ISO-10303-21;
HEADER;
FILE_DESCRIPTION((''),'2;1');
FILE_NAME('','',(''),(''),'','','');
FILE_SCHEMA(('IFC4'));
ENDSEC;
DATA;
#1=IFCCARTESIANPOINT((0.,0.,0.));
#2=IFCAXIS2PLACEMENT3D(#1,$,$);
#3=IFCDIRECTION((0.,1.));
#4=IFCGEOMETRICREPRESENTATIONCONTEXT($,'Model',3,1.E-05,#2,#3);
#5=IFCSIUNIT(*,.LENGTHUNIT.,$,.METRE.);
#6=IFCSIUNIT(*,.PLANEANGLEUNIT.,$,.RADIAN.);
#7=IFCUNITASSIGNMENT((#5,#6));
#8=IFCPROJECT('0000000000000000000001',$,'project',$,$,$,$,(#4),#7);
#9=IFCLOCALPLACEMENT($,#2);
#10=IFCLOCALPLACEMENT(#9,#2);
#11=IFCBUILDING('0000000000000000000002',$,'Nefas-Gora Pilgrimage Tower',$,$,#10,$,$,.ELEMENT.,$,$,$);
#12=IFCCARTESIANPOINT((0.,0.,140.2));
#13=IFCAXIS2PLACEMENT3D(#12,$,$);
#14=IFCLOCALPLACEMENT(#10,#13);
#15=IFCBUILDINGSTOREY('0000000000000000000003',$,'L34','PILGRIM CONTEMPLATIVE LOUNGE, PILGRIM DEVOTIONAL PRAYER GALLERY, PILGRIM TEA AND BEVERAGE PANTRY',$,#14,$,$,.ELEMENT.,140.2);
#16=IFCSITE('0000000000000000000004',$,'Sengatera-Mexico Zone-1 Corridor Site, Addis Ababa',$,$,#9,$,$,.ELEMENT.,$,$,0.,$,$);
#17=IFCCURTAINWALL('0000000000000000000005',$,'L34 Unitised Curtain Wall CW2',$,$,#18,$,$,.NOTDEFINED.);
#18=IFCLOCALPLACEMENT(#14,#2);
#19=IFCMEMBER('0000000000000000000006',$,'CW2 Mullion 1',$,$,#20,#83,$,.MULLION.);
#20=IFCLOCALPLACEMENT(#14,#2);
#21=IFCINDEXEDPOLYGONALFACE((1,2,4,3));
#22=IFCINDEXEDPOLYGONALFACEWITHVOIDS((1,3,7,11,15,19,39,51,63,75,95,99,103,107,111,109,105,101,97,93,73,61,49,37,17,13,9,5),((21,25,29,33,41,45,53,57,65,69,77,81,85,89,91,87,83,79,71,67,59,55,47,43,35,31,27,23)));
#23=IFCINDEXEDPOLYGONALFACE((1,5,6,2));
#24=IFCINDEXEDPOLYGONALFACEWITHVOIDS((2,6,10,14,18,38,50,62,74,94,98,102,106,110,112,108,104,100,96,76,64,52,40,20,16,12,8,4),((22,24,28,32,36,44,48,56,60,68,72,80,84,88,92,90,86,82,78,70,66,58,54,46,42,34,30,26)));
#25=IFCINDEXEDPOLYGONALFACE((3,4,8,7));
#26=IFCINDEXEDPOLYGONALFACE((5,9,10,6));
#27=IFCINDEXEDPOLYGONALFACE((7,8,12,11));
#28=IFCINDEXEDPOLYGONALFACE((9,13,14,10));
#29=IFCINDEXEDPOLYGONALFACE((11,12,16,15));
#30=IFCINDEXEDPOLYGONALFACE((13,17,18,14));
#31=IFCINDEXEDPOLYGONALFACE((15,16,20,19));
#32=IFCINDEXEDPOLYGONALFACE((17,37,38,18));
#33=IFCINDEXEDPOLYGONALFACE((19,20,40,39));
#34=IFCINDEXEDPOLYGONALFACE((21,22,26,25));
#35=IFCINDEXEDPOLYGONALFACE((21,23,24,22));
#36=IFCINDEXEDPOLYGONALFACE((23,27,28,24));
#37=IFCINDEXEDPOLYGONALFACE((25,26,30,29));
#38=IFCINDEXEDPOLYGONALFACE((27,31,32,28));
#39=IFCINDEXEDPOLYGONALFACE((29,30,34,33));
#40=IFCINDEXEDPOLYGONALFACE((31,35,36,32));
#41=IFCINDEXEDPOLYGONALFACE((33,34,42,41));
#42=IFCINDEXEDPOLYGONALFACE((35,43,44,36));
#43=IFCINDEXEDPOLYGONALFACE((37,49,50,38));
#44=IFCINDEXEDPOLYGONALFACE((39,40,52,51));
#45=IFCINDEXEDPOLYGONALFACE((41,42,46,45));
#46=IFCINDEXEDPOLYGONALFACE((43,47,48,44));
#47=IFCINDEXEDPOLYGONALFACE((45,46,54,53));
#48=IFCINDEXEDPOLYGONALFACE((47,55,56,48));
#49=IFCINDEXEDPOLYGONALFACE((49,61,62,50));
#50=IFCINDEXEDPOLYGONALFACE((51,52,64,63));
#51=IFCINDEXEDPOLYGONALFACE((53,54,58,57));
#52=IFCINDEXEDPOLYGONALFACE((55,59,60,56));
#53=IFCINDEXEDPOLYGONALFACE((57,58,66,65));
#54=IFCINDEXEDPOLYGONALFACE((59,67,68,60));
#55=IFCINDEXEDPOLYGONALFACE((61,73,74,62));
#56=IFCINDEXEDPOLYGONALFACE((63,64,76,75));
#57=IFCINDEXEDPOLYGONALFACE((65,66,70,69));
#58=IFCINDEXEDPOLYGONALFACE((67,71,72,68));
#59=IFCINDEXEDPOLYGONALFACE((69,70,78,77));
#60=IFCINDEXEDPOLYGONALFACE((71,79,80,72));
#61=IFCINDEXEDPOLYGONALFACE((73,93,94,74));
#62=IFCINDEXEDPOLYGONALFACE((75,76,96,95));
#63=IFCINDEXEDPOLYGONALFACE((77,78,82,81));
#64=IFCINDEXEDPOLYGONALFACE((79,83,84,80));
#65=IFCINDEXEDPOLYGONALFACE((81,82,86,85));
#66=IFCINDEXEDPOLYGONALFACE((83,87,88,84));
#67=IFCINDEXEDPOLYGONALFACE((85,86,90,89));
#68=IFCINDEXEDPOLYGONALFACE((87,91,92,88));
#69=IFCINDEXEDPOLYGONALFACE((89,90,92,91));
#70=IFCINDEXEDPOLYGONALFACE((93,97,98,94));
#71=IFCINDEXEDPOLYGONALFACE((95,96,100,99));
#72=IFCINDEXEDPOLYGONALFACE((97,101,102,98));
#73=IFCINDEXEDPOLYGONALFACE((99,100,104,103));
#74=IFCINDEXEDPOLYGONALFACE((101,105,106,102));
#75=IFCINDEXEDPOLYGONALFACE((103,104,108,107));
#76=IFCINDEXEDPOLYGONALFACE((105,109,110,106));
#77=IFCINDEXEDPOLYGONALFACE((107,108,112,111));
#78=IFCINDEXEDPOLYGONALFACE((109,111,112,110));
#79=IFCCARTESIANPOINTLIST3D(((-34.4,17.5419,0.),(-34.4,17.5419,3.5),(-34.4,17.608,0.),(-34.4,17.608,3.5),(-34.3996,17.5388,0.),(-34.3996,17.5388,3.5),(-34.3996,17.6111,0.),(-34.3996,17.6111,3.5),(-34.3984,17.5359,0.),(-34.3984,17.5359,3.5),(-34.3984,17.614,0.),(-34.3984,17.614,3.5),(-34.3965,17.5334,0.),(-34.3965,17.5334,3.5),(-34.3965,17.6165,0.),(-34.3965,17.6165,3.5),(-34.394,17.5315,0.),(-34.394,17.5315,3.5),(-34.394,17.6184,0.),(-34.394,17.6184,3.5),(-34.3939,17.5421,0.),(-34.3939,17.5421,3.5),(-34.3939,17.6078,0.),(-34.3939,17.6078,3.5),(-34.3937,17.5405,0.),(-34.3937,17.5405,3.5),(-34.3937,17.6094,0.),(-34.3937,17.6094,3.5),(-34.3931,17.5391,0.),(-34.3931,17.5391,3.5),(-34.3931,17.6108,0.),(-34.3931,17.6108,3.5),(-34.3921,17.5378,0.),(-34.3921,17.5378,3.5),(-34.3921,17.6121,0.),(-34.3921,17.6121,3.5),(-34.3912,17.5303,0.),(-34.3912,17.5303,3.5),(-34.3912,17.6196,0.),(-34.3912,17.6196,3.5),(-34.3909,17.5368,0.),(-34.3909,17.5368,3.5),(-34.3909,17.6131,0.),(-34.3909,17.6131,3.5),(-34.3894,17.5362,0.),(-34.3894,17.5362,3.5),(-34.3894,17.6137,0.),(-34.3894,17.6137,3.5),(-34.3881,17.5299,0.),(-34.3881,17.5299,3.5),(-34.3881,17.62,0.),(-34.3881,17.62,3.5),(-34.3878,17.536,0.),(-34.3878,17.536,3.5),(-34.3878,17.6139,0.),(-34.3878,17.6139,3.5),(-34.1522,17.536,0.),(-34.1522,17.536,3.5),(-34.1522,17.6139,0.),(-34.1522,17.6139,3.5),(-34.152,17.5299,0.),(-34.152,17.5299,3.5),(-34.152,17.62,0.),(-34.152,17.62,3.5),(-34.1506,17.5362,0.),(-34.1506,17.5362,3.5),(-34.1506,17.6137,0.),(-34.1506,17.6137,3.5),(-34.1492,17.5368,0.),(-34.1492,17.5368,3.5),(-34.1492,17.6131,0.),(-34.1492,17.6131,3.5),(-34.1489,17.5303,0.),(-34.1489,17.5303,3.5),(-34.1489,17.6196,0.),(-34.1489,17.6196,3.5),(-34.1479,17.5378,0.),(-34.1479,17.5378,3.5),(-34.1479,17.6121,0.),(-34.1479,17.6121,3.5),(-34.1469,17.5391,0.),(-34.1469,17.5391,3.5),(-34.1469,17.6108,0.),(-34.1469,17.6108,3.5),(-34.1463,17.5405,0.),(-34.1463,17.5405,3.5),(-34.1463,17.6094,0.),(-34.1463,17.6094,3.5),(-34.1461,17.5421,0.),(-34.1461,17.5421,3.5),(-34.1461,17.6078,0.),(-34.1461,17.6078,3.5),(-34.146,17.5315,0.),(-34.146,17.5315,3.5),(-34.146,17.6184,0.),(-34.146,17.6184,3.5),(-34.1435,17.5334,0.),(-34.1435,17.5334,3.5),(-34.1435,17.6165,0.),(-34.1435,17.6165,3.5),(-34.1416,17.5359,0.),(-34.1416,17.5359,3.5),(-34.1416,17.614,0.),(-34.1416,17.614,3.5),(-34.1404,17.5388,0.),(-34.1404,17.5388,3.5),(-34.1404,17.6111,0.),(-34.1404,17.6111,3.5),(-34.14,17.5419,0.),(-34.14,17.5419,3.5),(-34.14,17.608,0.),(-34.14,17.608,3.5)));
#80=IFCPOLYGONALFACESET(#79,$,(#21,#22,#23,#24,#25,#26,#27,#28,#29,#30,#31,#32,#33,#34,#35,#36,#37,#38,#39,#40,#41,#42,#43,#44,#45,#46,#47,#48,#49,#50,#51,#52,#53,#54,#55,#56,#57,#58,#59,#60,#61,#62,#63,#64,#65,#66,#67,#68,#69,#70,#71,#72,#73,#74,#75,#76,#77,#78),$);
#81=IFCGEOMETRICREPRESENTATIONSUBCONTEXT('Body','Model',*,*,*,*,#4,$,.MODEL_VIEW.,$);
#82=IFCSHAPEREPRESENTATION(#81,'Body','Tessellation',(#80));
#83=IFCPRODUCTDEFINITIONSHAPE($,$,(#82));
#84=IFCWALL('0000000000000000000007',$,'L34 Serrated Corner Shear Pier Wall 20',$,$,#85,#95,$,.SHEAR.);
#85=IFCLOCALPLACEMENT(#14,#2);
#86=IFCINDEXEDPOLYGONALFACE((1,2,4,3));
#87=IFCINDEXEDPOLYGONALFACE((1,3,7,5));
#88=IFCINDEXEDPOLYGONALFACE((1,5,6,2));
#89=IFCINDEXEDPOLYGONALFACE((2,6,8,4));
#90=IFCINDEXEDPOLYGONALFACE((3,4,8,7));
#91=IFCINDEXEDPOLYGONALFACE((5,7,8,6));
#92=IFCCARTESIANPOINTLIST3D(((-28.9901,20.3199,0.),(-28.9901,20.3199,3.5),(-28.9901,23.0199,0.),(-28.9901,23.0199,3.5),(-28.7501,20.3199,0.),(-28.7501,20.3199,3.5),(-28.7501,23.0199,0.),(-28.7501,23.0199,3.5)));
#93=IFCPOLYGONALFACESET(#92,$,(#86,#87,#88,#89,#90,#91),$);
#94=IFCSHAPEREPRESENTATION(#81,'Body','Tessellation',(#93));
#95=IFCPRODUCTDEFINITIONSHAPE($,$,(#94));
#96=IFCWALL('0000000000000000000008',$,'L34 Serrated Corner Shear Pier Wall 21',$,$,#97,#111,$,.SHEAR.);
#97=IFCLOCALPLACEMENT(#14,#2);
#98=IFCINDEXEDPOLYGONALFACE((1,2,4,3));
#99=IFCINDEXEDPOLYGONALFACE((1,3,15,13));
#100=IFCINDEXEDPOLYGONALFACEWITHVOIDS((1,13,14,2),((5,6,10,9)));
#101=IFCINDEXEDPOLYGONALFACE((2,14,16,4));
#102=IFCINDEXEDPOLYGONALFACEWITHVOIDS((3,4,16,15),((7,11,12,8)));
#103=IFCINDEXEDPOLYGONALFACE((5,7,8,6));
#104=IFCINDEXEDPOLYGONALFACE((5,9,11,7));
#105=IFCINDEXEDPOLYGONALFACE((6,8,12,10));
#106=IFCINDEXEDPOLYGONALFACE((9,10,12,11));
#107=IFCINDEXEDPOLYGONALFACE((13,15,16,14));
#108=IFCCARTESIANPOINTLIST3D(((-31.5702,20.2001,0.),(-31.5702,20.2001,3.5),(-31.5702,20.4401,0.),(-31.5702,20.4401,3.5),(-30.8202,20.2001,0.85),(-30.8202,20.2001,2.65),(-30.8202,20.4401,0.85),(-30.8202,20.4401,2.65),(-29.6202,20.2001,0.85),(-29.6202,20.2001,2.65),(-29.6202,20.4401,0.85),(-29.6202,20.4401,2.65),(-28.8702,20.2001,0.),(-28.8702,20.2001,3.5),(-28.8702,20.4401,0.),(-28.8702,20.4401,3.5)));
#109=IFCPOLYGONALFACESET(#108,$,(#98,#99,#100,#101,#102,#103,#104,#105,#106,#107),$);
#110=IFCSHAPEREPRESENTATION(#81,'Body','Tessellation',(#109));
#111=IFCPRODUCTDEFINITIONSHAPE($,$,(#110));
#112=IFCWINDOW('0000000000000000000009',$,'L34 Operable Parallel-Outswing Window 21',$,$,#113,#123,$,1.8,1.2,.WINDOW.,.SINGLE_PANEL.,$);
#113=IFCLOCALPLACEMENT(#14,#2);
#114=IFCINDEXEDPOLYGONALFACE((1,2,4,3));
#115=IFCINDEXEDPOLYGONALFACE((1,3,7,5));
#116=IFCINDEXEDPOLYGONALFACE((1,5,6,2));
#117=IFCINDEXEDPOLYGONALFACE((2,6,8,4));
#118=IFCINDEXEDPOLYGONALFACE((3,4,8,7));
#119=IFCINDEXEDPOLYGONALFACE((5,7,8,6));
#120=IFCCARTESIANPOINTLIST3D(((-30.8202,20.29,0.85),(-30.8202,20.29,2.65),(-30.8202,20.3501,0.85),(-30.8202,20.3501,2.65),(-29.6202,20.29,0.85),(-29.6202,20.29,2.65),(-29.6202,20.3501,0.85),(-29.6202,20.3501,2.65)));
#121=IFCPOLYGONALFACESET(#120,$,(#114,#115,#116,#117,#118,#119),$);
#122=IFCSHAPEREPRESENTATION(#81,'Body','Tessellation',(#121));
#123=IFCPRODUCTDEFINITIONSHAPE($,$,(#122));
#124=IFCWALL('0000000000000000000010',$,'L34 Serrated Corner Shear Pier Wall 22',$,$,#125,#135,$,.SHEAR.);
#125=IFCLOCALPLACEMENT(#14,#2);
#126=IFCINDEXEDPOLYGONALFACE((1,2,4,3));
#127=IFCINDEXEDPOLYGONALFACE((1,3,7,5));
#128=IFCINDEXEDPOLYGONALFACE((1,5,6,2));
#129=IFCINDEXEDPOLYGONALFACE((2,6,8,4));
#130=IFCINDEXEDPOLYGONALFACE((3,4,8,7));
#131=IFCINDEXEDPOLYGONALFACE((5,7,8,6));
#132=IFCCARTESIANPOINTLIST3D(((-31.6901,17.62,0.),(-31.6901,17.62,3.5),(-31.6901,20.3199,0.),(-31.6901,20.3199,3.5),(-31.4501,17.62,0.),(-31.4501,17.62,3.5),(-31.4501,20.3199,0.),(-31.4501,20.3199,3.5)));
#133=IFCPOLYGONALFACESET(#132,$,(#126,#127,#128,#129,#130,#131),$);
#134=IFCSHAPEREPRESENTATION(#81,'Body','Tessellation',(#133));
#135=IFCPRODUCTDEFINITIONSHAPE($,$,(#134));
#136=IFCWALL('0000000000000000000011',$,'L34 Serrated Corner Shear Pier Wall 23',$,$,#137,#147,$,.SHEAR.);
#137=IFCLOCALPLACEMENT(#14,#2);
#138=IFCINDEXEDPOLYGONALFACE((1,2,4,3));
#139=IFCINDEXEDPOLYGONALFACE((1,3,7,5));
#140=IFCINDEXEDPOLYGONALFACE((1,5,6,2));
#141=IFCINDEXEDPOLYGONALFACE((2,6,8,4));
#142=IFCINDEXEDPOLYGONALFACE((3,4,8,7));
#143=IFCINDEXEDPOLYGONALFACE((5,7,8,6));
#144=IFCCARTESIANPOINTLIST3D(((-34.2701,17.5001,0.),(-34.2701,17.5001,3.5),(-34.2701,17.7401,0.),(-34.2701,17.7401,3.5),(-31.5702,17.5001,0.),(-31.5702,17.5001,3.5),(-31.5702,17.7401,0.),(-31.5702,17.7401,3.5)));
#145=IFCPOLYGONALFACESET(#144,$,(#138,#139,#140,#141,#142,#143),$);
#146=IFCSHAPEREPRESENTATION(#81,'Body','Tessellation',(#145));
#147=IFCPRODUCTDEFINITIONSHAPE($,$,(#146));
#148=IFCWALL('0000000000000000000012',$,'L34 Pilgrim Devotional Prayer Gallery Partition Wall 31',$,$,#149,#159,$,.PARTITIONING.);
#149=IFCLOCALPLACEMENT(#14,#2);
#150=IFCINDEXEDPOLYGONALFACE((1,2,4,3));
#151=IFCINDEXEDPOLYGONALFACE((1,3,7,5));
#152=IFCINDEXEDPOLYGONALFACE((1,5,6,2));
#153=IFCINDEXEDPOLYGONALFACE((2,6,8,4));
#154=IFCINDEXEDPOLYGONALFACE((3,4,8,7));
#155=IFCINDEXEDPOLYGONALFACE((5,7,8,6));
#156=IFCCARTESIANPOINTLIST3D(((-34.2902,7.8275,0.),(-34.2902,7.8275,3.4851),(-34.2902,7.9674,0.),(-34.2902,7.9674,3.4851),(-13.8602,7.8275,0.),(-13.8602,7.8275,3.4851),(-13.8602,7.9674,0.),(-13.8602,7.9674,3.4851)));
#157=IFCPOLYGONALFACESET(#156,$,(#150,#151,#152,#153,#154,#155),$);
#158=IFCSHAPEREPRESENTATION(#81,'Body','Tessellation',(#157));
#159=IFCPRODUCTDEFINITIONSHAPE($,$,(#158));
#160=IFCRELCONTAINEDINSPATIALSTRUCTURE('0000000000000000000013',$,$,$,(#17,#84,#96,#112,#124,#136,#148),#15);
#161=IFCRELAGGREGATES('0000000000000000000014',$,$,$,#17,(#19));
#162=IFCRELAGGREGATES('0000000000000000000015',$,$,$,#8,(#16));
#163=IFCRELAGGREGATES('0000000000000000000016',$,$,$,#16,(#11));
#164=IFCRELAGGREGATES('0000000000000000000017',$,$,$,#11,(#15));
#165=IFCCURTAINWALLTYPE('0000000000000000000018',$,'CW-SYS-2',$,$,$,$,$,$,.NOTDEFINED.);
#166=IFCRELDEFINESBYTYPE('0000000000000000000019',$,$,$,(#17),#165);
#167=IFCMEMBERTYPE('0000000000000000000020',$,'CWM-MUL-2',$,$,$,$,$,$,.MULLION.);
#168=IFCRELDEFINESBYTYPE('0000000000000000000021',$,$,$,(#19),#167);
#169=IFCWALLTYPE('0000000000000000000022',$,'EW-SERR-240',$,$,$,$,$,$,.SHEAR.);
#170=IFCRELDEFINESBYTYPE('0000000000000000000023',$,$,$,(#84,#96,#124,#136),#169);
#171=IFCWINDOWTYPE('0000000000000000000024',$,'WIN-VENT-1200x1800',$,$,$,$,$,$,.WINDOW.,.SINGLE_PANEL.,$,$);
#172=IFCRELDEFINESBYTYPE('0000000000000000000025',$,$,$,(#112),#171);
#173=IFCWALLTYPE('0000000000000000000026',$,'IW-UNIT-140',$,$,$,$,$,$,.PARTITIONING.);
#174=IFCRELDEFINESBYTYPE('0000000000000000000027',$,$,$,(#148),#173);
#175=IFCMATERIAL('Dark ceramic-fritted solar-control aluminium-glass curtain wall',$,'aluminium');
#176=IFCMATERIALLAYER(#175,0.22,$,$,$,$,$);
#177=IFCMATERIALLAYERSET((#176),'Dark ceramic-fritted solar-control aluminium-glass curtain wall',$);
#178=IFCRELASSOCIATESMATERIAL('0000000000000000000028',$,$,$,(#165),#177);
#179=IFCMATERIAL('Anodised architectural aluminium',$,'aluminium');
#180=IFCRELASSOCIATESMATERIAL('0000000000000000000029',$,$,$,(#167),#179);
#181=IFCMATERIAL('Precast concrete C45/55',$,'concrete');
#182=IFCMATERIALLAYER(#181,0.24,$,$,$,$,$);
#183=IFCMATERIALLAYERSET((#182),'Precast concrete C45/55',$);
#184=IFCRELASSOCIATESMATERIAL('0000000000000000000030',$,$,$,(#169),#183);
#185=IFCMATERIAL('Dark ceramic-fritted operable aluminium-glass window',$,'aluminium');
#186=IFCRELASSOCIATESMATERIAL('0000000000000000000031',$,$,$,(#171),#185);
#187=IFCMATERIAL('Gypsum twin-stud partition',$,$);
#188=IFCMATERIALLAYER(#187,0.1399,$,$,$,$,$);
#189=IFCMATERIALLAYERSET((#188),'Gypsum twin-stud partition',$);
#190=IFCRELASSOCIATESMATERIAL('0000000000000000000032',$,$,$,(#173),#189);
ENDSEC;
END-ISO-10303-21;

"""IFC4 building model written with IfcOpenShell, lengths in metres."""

from ifc_helpers import new_model, si_unit, direction, frame, frame_2d, origin, origin_2d, place, context, subcontext, project, spatial, rectangle, hollow_rectangle, extrude, source, transform, mapped, material, layer, layer_set, material_profile, profile_set, type_object, element, fill, aggregate, save


model = new_model("IFC4")

# Units and contexts
model_context = context("Model", 3, precision=1e-05, world=origin(), true_north=direction((0.0, 1.0)))
body_context = subcontext(model_context, "Body", "Model", "MODEL_VIEW")
ifc_project = project(units=[si_unit("LENGTHUNIT", "METRE"), si_unit("PLANEANGLEUNIT", "RADIAN")], contexts=[model_context])

# Site, building, storey
site_placement = place(None, origin())
site = spatial("IfcSite", under=ifc_project, at=site_placement, Name="Sengatera-Mexico Zone-1 Corridor Site, Addis Ababa", CompositionType="ELEMENT", RefElevation=0.0)
building_placement = place(site_placement, origin())
building = spatial("IfcBuilding", under=site, at=building_placement, Name="Nefas-Gora Pilgrimage Tower", CompositionType="ELEMENT")
storey_placement = place(building_placement, frame((0.0, 0.0, 140.2)))
storey = spatial("IfcBuildingStorey", under=building, at=storey_placement, Name="L34", Description="PILGRIM CONTEMPLATIVE LOUNGE, PILGRIM DEVOTIONAL PRAYER GALLERY, PILGRIM TEA AND BEVERAGE PANTRY", CompositionType="ELEMENT", Elevation=140.2)

# Curtain wall
ifc_material_1 = material(Name="Dark ceramic-fritted solar-control aluminium-glass curtain wall", Category="aluminium")
ifc_layer_1 = layer(ifc_material_1, 0.22)
ifc_layer_set_1 = layer_set([ifc_layer_1], Name="Dark ceramic-fritted solar-control aluminium-glass curtain wall")
curtain_wall_type = type_object("IfcCurtainWallType", Name="CW-SYS-2", PredefinedType="NOTDEFINED", material=ifc_layer_set_1)
curtain_wall_1_placement = place(storey_placement, origin())
curtain_wall_1 = element("IfcCurtainWall", 1, at=curtain_wall_1_placement, inside=storey, type_object=curtain_wall_type, Name="L34 Unitised Curtain Wall CW2", PredefinedType="NOTDEFINED")
ifc_material_2 = material(Name="Anodised architectural aluminium", Category="aluminium")
ifc_material_profile_1 = material_profile(ifc_material_2, hollow_rectangle(XDim=0.0901, YDim=0.26, WallThickness=0.0061, InnerFilletRadius=0.0061, OuterFilletRadius=0.012, at=origin_2d()), Name="ALU MULLION 90x260")
ifc_profile_set_1 = profile_set([ifc_material_profile_1], Name="Anodised architectural aluminium")
member_type_1 = type_object("IfcMemberType", Name="CWM-MUL-2", PredefinedType="MULLION", material=ifc_profile_set_1)
shared_shape_1 = source(origin(), body_context, "Body", "SweptSolid", [
    extrude(hollow_rectangle(XDim=0.0901, YDim=0.26, WallThickness=0.0061, InnerFilletRadius=0.0061, OuterFilletRadius=0.012, at=origin_2d()), origin(), (0.0, 0.0, 1.0), 3.5),
])

# Member
member_1_placement = place(storey_placement, frame((-34.27, 17.575, 0.0), z_axis=(0.0, 0.0, 1.0), x_axis=(0.0, -1.0, 0.0)))
member_1 = element("IfcMember", 2, at=member_1_placement, type_object=member_type_1, Name="CW2 Mullion 1", PredefinedType="MULLION", context=body_context, shape_type="MappedRepresentation", body=[
    mapped(shared_shape_1, transform((0.0, 0.0, 0.0), x_axis=(1.0, 0.0, 0.0), y_axis=(0.0, 1.0, 0.0), z_axis=(0.0, 0.0, 1.0), scale=1.0)),
])
aggregate(curtain_wall_1, [member_1])

# Wall
ifc_material_3 = material(Name="Precast concrete C45/55", Category="concrete")
ifc_layer_2 = layer(ifc_material_3, 0.24)
ifc_layer_set_2 = layer_set([ifc_layer_2], Name="Precast concrete C45/55")
wall_type_1 = type_object("IfcWallType", Name="EW-SERR-240", PredefinedType="SHEAR", material=ifc_layer_set_2)
shared_shape_2 = source(origin(), body_context, "Body", "SweptSolid", [
    extrude(rectangle(XDim=2.7, YDim=0.24, at=frame_2d((1.3501, 0.0))), origin(), (0.0, 0.0, 1.0), 3.5),
])
wall_1_placement = place(storey_placement, frame((-28.8701, 23.02, 0.0), z_axis=(0.0, 0.0, 1.0), x_axis=(0.0, -1.0, 0.0)))
element("IfcWall", 3, at=wall_1_placement, inside=storey, type_object=wall_type_1, Name="L34 Serrated Corner Shear Pier Wall 20", PredefinedType="SHEAR", context=body_context, shape_type="MappedRepresentation", body=[
    mapped(shared_shape_2, transform((0.0, 0.0, 0.0), x_axis=(1.0, 0.0, 0.0), y_axis=(0.0, 1.0, 0.0), z_axis=(0.0, 0.0, 1.0), scale=1.0)),
])

# Wall, opening, window
wall_2_placement = place(storey_placement, frame((-28.8701, 20.3201, 0.0), z_axis=(0.0, 0.0, 1.0), x_axis=(-1.0, 0.0, 0.0)))
wall_2 = element("IfcWall", 4, at=wall_2_placement, inside=storey, type_object=wall_type_1, Name="L34 Serrated Corner Shear Pier Wall 21", PredefinedType="SHEAR", context=body_context, shape_type="MappedRepresentation", body=[
    mapped(shared_shape_2, transform((0.0, 0.0, 0.0), x_axis=(1.0, 0.0, 0.0), y_axis=(0.0, 1.0, 0.0), z_axis=(0.0, 0.0, 1.0), scale=1.0)),
])
opening_placement = place(wall_2_placement, frame((0.75, 0.0, 0.8501)))
opening = element("IfcOpeningElement", 5, at=opening_placement, cuts=wall_2, PredefinedType="OPENING", context=body_context, shape_type="SweptSolid", body=[
    extrude(rectangle(XDim=1.2, YDim=1.8, at=frame_2d((0.6001, 0.8999))), frame((0.0, 0.1299, 0.0), z_axis=(0.0, -1.0, 0.0), x_axis=(1.0, 0.0, 0.0)), (0.0, 0.0, 1.0), 0.26),
])
ifc_material_4 = material(Name="Dark ceramic-fritted operable aluminium-glass window", Category="aluminium")
window_type = type_object("IfcWindowType", Name="WIN-VENT-1200x1800", PartitioningType="SINGLE_PANEL", PredefinedType="WINDOW", material=ifc_material_4)
shared_shape_3 = source(origin(), body_context, "Body", "SweptSolid", [
    extrude(rectangle(XDim=1.2, YDim=1.8, at=frame_2d((0.6001, 0.8999))), frame((0.0, 0.03, 0.0), z_axis=(0.0, -1.0, 0.0), x_axis=(1.0, 0.0, 0.0)), (0.0, 0.0, 1.0), 0.0601),
])
window_placement = place(opening_placement, origin())
window = element("IfcWindow", 6, at=window_placement, inside=storey, type_object=window_type, Name="L34 Operable Parallel-Outswing Window 21", OverallHeight=1.8, OverallWidth=1.2, PartitioningType="SINGLE_PANEL", PredefinedType="WINDOW", context=body_context, shape_type="MappedRepresentation", body=[
    mapped(shared_shape_3, transform((0.0, 0.0, 0.0), x_axis=(1.0, 0.0, 0.0), y_axis=(0.0, 1.0, 0.0), z_axis=(0.0, 0.0, 1.0), scale=1.0)),
])
fill(opening, window)

# Walls
for number, where, z_axis, x_axis, name in (
    (7, (-31.5701, 20.3201, 0.0), (0.0, 0.0, 1.0), (0.0, -1.0, 0.0), "L34 Serrated Corner Shear Pier Wall 22"),
    (8, (-31.5701, 17.6201, 0.0), (0.0, 0.0, 1.0), (-1.0, 0.0, 0.0), "L34 Serrated Corner Shear Pier Wall 23"),
):
    element("IfcWall", number, at=place(storey_placement, frame(where, z_axis=z_axis, x_axis=x_axis)), inside=storey, type_object=wall_type_1, Name=name, PredefinedType="SHEAR", context=body_context, shape_type="MappedRepresentation", body=[
        mapped(shared_shape_2, transform((0.0, 0.0, 0.0), x_axis=(1.0, 0.0, 0.0), y_axis=(0.0, 1.0, 0.0), z_axis=(0.0, 0.0, 1.0), scale=1.0)),
    ])
ifc_material_5 = material(Name="Gypsum twin-stud partition")
ifc_layer_3 = layer(ifc_material_5, 0.1399)
ifc_layer_set_3 = layer_set([ifc_layer_3], Name="Gypsum twin-stud partition")
wall_type_2 = type_object("IfcWallType", Name="IW-UNIT-140", PredefinedType="PARTITIONING", material=ifc_layer_set_3)
shared_shape_4 = source(origin(), body_context, "Body", "SweptSolid", [
    extrude(rectangle(XDim=20.4299, YDim=0.1399, at=frame_2d((10.2148, 0.0))), origin(), (0.0, 0.0, 1.0), 3.4851),
])
wall_3_placement = place(storey_placement, frame((-34.29, 7.8975, 0.0), z_axis=(0.0, 0.0, 1.0), x_axis=(1.0, 0.0, 0.0)))
element("IfcWall", 9, at=wall_3_placement, inside=storey, type_object=wall_type_2, Name="L34 Pilgrim Devotional Prayer Gallery Partition Wall 31", PredefinedType="PARTITIONING", context=body_context, shape_type="MappedRepresentation", body=[
    mapped(shared_shape_4, transform((0.0, 0.0, 0.0), x_axis=(1.0, 0.0, 0.0), y_axis=(0.0, 1.0, 0.0), z_axis=(0.0, 0.0, 1.0), scale=1.0)),
])

save(model, "model.ifc")
